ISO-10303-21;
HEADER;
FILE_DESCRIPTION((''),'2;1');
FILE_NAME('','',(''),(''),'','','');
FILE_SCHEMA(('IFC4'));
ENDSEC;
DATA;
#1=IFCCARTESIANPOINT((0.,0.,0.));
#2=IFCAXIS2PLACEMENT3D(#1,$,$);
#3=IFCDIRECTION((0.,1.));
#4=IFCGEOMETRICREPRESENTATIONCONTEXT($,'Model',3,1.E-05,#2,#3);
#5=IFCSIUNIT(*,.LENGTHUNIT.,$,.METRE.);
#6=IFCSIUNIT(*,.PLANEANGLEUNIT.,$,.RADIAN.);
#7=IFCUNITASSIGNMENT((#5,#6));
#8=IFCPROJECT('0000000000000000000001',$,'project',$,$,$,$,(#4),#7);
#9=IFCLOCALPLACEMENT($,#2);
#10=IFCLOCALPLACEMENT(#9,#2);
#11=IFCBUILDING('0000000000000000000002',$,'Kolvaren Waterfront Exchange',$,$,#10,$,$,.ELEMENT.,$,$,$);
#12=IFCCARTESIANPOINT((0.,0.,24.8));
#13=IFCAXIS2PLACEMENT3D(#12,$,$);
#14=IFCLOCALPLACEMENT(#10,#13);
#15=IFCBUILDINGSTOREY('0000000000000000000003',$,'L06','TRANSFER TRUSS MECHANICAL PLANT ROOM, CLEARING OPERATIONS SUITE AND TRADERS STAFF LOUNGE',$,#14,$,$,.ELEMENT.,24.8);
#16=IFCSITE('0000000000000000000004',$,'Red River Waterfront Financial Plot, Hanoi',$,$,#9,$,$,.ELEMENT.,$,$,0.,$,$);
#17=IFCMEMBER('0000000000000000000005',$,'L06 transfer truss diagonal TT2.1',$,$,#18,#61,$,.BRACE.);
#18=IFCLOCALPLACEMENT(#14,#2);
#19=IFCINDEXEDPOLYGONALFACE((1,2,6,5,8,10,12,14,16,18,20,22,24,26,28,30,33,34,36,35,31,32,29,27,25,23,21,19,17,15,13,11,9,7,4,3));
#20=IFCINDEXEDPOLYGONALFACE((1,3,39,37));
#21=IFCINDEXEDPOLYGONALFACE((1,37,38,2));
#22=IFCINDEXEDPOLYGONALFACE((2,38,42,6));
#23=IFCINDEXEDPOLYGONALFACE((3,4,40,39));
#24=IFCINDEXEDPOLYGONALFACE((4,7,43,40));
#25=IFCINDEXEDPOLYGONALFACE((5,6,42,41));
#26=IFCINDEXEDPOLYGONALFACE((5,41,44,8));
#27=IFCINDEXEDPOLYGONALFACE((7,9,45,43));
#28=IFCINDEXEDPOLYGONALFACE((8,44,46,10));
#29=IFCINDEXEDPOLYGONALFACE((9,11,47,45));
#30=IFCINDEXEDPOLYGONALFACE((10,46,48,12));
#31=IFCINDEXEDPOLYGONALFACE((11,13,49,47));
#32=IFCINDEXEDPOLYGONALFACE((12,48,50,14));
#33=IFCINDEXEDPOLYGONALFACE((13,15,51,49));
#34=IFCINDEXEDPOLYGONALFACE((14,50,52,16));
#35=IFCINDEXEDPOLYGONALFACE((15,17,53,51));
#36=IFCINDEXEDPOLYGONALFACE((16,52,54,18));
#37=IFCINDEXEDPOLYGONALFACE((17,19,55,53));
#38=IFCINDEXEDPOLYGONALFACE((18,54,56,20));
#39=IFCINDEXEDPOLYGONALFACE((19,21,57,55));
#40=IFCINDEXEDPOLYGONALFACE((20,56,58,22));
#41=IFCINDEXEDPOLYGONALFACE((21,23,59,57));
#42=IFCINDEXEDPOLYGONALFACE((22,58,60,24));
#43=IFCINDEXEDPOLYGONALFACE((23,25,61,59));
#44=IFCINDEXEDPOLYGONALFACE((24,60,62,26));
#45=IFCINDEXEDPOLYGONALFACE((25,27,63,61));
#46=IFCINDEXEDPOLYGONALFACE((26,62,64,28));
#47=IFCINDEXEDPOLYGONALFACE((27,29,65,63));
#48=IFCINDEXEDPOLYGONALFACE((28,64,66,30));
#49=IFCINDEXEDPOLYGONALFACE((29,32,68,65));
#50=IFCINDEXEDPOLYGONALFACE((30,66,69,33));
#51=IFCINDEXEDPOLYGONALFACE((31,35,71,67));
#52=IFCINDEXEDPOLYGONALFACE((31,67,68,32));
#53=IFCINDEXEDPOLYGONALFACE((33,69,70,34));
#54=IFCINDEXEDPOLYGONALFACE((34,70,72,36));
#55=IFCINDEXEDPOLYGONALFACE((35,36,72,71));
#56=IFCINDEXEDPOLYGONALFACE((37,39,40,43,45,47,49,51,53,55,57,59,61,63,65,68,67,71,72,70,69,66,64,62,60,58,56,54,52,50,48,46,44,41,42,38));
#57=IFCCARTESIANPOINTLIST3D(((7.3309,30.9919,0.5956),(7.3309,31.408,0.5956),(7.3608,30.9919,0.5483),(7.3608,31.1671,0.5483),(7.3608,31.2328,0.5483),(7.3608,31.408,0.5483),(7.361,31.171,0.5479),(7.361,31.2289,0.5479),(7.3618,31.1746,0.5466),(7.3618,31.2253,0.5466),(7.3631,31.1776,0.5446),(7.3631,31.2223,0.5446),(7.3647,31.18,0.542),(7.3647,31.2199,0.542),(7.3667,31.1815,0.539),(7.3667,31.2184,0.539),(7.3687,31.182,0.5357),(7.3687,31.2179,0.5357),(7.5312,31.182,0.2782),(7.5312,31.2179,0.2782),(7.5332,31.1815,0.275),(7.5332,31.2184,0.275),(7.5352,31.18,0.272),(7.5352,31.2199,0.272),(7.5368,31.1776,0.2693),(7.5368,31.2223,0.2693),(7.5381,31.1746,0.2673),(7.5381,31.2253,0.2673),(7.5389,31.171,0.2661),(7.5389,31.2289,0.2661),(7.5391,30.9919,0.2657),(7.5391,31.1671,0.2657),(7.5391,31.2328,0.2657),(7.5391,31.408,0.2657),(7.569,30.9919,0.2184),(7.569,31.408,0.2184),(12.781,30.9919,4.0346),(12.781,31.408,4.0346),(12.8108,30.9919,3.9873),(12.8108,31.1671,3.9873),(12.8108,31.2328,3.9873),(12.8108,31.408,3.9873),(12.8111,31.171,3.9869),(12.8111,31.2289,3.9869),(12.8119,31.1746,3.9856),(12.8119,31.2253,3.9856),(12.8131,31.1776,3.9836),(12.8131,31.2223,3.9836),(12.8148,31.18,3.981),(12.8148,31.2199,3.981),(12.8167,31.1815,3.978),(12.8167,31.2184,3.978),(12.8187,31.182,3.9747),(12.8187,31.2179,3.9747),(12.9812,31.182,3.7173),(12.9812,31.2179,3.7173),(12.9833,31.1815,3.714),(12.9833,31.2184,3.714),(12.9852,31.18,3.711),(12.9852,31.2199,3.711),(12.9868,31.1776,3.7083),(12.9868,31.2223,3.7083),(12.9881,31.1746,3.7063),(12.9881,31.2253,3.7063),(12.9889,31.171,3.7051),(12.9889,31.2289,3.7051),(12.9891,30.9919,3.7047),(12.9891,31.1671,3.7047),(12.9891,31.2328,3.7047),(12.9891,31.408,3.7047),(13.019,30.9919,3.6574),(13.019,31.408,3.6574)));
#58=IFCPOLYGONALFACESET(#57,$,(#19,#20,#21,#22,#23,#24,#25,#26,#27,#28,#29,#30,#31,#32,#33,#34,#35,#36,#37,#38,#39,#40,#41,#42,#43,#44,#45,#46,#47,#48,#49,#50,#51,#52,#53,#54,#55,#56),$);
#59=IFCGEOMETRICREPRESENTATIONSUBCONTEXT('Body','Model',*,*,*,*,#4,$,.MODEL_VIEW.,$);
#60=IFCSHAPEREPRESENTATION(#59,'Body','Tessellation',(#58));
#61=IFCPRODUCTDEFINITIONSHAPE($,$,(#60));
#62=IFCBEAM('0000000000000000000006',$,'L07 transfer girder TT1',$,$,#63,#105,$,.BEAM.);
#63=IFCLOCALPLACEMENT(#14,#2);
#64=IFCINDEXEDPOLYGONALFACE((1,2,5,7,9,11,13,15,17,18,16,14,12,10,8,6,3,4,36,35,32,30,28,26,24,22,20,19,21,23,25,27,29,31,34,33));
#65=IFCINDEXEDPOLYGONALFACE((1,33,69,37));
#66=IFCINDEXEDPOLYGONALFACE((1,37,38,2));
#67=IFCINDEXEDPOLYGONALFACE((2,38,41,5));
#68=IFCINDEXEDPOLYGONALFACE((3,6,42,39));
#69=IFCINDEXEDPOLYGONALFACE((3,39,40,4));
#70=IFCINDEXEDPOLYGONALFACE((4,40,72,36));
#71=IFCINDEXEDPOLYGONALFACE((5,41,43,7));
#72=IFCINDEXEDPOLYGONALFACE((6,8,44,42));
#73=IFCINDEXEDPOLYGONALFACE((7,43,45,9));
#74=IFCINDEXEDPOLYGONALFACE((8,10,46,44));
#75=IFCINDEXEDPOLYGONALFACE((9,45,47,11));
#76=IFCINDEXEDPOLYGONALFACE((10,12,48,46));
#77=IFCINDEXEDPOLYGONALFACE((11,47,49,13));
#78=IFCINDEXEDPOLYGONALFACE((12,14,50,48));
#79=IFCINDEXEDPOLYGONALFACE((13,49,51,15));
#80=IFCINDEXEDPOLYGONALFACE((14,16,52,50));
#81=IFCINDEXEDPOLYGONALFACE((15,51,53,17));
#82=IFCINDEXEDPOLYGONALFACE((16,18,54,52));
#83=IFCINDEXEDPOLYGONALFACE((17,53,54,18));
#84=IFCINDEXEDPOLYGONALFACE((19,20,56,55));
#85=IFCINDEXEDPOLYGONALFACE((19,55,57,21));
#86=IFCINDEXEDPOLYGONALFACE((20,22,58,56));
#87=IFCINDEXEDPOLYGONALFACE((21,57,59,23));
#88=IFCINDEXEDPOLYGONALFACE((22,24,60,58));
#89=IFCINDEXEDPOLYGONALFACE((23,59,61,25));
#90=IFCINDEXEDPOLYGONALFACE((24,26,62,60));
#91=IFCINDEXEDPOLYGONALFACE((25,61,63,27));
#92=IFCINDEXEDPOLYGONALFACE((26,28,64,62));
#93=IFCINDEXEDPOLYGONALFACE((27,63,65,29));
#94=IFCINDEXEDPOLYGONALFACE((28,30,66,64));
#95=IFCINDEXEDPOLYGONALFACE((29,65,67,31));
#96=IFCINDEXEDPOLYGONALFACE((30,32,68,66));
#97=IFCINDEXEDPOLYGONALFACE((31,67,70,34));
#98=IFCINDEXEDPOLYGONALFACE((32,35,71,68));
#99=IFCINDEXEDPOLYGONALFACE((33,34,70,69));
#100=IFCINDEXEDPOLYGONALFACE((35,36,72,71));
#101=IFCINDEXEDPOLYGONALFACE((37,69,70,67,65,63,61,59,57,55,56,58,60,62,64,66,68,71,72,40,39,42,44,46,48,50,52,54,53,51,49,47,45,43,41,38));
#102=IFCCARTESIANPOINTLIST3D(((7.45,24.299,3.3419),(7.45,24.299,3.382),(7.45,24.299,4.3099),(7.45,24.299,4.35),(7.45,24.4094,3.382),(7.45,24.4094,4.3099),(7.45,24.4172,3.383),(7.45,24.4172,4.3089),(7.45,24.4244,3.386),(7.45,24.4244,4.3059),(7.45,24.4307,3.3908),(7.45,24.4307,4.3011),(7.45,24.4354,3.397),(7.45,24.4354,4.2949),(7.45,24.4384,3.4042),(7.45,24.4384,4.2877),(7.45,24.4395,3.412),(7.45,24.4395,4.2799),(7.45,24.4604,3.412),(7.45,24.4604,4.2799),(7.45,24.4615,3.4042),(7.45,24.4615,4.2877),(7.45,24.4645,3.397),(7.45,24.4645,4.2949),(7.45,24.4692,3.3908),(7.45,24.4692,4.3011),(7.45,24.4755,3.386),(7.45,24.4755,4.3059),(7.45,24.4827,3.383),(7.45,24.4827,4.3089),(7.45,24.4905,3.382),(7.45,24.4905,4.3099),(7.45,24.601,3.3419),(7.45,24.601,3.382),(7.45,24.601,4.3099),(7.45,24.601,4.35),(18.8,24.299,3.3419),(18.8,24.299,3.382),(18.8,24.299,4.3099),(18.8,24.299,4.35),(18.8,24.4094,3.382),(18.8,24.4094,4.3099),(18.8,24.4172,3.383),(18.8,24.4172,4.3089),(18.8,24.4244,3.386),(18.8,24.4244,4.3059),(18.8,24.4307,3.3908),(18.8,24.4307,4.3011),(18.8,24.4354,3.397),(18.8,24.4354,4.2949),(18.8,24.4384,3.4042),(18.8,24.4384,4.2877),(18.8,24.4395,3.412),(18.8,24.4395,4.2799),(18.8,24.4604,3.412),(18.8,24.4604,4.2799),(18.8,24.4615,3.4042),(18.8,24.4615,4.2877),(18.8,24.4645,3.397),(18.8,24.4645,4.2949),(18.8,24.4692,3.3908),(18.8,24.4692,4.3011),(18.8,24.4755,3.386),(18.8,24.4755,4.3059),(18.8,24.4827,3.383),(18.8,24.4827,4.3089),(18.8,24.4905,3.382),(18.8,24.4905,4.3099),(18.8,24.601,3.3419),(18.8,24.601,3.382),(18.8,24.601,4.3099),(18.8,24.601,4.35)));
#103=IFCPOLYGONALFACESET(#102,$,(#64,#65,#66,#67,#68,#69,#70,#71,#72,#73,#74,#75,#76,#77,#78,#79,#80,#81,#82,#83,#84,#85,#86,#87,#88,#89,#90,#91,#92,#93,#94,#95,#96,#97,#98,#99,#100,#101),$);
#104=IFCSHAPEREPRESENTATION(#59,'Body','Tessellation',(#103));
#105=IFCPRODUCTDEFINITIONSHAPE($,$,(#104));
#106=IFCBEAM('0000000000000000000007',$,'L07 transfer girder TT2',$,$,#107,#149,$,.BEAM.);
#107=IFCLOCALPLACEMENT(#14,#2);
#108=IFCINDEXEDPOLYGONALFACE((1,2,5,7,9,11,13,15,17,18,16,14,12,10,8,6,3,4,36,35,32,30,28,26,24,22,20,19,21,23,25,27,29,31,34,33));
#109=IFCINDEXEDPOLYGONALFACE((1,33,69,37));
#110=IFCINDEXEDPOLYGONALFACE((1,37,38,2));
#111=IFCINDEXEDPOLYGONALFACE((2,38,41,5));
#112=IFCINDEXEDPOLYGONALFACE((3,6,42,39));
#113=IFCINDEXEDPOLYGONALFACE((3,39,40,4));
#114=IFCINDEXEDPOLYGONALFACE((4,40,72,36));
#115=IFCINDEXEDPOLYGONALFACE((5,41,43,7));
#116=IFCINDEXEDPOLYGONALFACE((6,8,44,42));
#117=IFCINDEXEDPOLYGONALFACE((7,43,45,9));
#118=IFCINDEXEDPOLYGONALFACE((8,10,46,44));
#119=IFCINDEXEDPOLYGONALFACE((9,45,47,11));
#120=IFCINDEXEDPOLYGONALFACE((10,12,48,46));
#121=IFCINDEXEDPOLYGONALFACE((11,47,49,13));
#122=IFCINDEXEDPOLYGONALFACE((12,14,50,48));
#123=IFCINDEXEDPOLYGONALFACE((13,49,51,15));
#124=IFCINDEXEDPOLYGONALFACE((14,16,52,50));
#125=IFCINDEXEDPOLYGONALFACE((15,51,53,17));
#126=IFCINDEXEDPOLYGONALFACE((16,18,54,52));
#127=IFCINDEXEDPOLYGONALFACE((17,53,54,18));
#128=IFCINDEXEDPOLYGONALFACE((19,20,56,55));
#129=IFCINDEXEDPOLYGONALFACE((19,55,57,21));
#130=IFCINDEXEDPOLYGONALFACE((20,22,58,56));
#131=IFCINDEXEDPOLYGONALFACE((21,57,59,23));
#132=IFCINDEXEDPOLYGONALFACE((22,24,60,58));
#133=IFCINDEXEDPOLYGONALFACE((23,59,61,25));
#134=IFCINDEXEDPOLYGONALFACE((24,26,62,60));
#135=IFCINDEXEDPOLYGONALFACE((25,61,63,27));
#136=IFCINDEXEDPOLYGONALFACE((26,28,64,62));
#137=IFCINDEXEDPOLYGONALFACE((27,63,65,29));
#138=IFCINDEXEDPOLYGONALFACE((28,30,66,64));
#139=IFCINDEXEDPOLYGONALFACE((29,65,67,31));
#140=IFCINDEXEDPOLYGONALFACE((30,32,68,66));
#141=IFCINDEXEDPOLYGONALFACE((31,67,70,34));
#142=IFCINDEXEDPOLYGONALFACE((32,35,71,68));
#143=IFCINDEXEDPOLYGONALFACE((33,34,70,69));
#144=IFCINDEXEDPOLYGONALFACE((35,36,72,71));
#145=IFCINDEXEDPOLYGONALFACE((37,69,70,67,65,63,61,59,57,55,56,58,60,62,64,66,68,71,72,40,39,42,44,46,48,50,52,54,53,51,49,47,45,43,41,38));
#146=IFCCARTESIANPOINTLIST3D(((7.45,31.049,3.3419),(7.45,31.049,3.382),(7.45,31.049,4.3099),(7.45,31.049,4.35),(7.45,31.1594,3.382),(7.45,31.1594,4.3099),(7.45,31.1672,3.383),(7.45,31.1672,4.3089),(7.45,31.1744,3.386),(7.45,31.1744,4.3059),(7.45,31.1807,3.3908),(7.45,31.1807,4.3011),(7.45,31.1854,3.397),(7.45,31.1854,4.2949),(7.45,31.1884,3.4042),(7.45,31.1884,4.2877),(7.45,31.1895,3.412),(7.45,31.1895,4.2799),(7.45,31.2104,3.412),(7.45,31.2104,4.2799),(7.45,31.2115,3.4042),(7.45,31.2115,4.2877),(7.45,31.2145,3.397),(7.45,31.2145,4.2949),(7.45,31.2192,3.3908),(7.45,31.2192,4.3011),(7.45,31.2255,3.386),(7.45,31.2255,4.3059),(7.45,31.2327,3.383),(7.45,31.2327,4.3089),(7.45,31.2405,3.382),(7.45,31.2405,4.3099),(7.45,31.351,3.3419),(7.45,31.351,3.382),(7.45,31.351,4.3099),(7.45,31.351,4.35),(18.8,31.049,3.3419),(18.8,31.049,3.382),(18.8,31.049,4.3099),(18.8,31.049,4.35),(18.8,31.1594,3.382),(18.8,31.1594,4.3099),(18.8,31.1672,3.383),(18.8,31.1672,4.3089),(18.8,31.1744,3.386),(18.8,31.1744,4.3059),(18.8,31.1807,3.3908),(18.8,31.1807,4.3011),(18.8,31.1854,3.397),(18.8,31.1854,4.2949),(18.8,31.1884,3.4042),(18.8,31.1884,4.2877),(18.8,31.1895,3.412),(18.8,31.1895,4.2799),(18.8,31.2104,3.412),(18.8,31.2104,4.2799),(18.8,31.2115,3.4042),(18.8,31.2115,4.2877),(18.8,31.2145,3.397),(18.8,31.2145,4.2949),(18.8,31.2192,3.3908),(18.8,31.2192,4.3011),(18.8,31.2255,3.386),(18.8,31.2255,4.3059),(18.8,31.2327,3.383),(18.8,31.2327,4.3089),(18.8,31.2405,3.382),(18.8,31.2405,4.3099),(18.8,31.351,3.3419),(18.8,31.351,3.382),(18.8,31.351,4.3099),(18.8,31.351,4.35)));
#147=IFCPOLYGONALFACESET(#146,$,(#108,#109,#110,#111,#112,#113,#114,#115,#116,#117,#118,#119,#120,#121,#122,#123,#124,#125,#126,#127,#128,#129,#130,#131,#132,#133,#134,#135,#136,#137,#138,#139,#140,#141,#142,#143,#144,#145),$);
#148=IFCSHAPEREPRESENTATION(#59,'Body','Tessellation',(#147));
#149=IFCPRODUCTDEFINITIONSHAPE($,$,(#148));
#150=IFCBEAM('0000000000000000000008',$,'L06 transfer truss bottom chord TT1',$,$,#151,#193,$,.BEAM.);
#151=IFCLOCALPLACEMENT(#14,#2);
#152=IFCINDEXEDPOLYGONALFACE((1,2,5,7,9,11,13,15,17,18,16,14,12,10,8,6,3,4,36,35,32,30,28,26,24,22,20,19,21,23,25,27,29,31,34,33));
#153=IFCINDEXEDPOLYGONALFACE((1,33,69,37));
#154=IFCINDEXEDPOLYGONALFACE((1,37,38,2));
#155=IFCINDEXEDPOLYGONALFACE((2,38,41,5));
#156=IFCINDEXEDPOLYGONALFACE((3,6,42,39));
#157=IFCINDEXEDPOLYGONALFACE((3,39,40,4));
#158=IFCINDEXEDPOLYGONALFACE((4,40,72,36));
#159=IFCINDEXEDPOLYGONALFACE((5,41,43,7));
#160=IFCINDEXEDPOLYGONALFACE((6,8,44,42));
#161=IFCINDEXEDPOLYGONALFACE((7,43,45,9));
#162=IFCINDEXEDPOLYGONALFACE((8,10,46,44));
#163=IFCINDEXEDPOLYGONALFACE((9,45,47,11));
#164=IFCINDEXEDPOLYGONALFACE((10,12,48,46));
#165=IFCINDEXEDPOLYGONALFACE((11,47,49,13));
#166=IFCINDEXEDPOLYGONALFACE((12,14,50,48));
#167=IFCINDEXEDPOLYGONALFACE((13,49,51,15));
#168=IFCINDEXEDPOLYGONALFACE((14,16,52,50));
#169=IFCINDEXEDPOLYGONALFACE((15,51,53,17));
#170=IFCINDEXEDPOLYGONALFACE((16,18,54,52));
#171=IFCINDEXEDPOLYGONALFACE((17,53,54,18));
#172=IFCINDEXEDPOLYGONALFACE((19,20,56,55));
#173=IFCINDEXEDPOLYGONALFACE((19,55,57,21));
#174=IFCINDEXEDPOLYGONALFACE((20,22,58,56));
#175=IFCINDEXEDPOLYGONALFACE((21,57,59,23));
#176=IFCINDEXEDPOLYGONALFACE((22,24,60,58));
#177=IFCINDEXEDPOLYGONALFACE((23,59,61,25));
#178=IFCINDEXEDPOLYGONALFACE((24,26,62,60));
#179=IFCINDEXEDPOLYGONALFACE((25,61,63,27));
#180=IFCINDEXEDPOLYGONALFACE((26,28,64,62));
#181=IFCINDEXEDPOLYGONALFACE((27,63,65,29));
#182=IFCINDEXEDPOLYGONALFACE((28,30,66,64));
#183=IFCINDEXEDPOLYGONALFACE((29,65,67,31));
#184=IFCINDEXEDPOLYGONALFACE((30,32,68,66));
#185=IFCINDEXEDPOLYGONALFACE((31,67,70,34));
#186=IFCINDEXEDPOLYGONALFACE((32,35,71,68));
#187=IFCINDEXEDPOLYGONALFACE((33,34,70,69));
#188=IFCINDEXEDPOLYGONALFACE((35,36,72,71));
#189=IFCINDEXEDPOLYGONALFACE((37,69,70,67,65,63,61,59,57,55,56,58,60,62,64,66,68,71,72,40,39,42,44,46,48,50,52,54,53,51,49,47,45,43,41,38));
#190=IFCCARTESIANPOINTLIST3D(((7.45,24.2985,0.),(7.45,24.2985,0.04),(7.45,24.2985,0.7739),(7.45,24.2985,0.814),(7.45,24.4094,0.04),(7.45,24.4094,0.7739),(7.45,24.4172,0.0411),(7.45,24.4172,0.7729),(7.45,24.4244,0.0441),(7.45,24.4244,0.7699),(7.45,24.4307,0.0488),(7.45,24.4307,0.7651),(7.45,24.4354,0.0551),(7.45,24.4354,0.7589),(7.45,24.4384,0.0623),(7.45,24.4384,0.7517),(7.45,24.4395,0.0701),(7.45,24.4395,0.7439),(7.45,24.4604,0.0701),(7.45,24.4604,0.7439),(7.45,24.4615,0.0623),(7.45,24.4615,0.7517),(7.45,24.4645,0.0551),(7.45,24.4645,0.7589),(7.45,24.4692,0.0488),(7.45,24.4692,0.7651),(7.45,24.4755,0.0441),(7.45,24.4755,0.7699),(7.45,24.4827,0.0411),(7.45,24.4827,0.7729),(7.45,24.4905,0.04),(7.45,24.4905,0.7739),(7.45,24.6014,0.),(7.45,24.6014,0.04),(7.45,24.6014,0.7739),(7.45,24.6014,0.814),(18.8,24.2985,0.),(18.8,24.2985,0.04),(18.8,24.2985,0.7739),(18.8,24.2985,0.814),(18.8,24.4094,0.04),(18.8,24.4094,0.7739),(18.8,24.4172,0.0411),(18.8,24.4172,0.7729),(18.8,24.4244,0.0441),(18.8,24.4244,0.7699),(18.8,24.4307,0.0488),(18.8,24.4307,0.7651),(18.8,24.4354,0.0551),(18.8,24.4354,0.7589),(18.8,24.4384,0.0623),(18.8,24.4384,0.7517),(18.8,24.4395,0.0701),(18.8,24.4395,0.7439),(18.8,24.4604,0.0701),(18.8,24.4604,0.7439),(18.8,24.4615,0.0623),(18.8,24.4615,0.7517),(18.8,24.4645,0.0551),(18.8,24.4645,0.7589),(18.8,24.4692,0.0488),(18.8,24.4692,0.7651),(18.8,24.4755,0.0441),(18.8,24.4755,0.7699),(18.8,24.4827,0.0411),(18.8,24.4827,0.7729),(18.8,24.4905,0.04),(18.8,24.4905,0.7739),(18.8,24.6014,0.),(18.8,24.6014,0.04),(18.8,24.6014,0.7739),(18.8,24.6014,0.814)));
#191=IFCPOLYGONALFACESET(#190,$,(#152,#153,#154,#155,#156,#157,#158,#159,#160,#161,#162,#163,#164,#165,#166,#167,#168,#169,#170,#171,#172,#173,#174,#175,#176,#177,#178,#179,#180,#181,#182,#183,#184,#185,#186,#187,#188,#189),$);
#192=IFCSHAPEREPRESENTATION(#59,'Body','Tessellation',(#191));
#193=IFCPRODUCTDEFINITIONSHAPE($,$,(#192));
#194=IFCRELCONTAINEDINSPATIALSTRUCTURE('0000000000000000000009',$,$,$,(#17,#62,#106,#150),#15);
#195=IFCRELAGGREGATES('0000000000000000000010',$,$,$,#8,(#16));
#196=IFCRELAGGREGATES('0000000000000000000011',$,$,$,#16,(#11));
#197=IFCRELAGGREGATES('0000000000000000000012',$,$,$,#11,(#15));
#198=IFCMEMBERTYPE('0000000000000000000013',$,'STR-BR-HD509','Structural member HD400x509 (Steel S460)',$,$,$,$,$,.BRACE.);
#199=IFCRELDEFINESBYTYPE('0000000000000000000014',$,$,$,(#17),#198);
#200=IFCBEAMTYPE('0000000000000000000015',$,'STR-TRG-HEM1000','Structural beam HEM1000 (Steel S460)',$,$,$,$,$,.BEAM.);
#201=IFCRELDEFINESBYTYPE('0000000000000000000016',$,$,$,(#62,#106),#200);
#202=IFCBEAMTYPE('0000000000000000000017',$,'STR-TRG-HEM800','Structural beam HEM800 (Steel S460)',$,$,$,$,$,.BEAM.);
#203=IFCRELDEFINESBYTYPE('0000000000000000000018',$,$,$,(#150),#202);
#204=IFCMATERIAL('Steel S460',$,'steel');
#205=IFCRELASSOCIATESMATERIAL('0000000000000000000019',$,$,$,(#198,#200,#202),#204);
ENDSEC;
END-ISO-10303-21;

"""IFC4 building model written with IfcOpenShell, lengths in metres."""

from ifc_helpers import new_model, si_unit, direction, frame, origin, origin_2d, place, context, subcontext, project, spatial, i_section, extrude, material, material_profile, profile_set, type_object, element, save


model = new_model("IFC4")

# Units and contexts
model_context = context("Model", 3, precision=1e-05, world=origin(), true_north=direction((0.0, 1.0)))
body_context = subcontext(model_context, "Body", "Model", "MODEL_VIEW")
ifc_project = project(units=[si_unit("LENGTHUNIT", "METRE"), si_unit("PLANEANGLEUNIT", "RADIAN")], contexts=[model_context])

# Site, building, storey
site_placement = place(None, origin())
site = spatial("IfcSite", under=ifc_project, at=site_placement, Name="Red River Waterfront Financial Plot, Hanoi", CompositionType="ELEMENT", RefElevation=0.0)
building_placement = place(site_placement, origin())
building = spatial("IfcBuilding", under=site, at=building_placement, Name="Kolvaren Waterfront Exchange", CompositionType="ELEMENT")
storey_placement = place(building_placement, frame((0.0, 0.0, 24.8)))
storey = spatial("IfcBuildingStorey", under=building, at=storey_placement, Name="L06", Description="TRANSFER TRUSS MECHANICAL PLANT ROOM, CLEARING OPERATIONS SUITE AND TRADERS STAFF LOUNGE", CompositionType="ELEMENT", Elevation=24.8)

# Member
ifc_material_1 = material(Name="Steel S460", Category="steel")
ifc_material_profile_1 = material_profile(ifc_material_1, i_section(OverallWidth=0.416, OverallDepth=0.446, WebThickness=0.0359, FlangeThickness=0.0559, FilletRadius=0.0149, at=origin_2d()), Name="HD400x509")
ifc_profile_set_1 = profile_set([ifc_material_profile_1], Name="Steel S460")
member_type = type_object("IfcMemberType", Name="STR-BR-HD509", Description="Structural member HD400x509 (Steel S460)", PredefinedType="BRACE", material=ifc_profile_set_1)
for number, where, z_axis, x_axis, name in (
    (1, (7.45, 31.2, 0.407), (0.845707, 0.0, 0.533648), (0.0, 1.0, 0.0), "L06 transfer truss diagonal TT2.1"),
):
    element("IfcMember", number, at=place(storey_placement, frame(where, z_axis=z_axis, x_axis=x_axis)), inside=storey, type_object=member_type, Name=name, PredefinedType="BRACE", context=body_context, shape_type="SweptSolid", body=[
        extrude(i_section(OverallWidth=0.416, OverallDepth=0.446, WebThickness=0.0359, FlangeThickness=0.0559, FilletRadius=0.0149, at=origin_2d()), origin(), (0.0, 0.0, 1.0), 6.4443),
    ])

# Beams
ifc_material_profile_2 = material_profile(ifc_material_1, i_section(OverallWidth=0.302, OverallDepth=1.0081, WebThickness=0.021, FlangeThickness=0.04, FilletRadius=0.03, at=origin_2d()), Name="HEM1000")
ifc_profile_set_2 = profile_set([ifc_material_profile_2], Name="Steel S460")
beam_type_1 = type_object("IfcBeamType", Name="STR-TRG-HEM1000", Description="Structural beam HEM1000 (Steel S460)", PredefinedType="BEAM", material=ifc_profile_set_2)
for number, where, z_axis, x_axis, name in (
    (2, (7.45, 24.45, 3.8459), (1.0, 0.0, 0.0), (0.0, 1.0, 0.0), "L07 transfer girder TT1"),
    (3, (7.45, 31.2, 3.8459), (1.0, 0.0, 0.0), (0.0, 1.0, 0.0), "L07 transfer girder TT2"),
):
    element("IfcBeam", number, at=place(storey_placement, frame(where, z_axis=z_axis, x_axis=x_axis)), inside=storey, type_object=beam_type_1, Name=name, PredefinedType="BEAM", context=body_context, shape_type="SweptSolid", body=[
        extrude(i_section(OverallWidth=0.302, OverallDepth=1.0081, WebThickness=0.021, FlangeThickness=0.04, FilletRadius=0.03, at=origin_2d()), origin(), (0.0, 0.0, 1.0), 11.3501),
    ])
ifc_material_profile_3 = material_profile(ifc_material_1, i_section(OverallWidth=0.303, OverallDepth=0.814, WebThickness=0.021, FlangeThickness=0.04, FilletRadius=0.03, at=origin_2d()), Name="HEM800")
ifc_profile_set_3 = profile_set([ifc_material_profile_3], Name="Steel S460")
beam_type_2 = type_object("IfcBeamType", Name="STR-TRG-HEM800", Description="Structural beam HEM800 (Steel S460)", PredefinedType="BEAM", material=ifc_profile_set_3)
for number, where, z_axis, x_axis, name in (
    (4, (7.45, 24.45, 0.407), (1.0, 0.0, 0.0), (0.0, 1.0, 0.0), "L06 transfer truss bottom chord TT1"),
):
    element("IfcBeam", number, at=place(storey_placement, frame(where, z_axis=z_axis, x_axis=x_axis)), inside=storey, type_object=beam_type_2, Name=name, PredefinedType="BEAM", context=body_context, shape_type="SweptSolid", body=[
        extrude(i_section(OverallWidth=0.303, OverallDepth=0.814, WebThickness=0.021, FlangeThickness=0.04, FilletRadius=0.03, at=origin_2d()), origin(), (0.0, 0.0, 1.0), 11.3501),
    ])

save(model, "model.ifc")
